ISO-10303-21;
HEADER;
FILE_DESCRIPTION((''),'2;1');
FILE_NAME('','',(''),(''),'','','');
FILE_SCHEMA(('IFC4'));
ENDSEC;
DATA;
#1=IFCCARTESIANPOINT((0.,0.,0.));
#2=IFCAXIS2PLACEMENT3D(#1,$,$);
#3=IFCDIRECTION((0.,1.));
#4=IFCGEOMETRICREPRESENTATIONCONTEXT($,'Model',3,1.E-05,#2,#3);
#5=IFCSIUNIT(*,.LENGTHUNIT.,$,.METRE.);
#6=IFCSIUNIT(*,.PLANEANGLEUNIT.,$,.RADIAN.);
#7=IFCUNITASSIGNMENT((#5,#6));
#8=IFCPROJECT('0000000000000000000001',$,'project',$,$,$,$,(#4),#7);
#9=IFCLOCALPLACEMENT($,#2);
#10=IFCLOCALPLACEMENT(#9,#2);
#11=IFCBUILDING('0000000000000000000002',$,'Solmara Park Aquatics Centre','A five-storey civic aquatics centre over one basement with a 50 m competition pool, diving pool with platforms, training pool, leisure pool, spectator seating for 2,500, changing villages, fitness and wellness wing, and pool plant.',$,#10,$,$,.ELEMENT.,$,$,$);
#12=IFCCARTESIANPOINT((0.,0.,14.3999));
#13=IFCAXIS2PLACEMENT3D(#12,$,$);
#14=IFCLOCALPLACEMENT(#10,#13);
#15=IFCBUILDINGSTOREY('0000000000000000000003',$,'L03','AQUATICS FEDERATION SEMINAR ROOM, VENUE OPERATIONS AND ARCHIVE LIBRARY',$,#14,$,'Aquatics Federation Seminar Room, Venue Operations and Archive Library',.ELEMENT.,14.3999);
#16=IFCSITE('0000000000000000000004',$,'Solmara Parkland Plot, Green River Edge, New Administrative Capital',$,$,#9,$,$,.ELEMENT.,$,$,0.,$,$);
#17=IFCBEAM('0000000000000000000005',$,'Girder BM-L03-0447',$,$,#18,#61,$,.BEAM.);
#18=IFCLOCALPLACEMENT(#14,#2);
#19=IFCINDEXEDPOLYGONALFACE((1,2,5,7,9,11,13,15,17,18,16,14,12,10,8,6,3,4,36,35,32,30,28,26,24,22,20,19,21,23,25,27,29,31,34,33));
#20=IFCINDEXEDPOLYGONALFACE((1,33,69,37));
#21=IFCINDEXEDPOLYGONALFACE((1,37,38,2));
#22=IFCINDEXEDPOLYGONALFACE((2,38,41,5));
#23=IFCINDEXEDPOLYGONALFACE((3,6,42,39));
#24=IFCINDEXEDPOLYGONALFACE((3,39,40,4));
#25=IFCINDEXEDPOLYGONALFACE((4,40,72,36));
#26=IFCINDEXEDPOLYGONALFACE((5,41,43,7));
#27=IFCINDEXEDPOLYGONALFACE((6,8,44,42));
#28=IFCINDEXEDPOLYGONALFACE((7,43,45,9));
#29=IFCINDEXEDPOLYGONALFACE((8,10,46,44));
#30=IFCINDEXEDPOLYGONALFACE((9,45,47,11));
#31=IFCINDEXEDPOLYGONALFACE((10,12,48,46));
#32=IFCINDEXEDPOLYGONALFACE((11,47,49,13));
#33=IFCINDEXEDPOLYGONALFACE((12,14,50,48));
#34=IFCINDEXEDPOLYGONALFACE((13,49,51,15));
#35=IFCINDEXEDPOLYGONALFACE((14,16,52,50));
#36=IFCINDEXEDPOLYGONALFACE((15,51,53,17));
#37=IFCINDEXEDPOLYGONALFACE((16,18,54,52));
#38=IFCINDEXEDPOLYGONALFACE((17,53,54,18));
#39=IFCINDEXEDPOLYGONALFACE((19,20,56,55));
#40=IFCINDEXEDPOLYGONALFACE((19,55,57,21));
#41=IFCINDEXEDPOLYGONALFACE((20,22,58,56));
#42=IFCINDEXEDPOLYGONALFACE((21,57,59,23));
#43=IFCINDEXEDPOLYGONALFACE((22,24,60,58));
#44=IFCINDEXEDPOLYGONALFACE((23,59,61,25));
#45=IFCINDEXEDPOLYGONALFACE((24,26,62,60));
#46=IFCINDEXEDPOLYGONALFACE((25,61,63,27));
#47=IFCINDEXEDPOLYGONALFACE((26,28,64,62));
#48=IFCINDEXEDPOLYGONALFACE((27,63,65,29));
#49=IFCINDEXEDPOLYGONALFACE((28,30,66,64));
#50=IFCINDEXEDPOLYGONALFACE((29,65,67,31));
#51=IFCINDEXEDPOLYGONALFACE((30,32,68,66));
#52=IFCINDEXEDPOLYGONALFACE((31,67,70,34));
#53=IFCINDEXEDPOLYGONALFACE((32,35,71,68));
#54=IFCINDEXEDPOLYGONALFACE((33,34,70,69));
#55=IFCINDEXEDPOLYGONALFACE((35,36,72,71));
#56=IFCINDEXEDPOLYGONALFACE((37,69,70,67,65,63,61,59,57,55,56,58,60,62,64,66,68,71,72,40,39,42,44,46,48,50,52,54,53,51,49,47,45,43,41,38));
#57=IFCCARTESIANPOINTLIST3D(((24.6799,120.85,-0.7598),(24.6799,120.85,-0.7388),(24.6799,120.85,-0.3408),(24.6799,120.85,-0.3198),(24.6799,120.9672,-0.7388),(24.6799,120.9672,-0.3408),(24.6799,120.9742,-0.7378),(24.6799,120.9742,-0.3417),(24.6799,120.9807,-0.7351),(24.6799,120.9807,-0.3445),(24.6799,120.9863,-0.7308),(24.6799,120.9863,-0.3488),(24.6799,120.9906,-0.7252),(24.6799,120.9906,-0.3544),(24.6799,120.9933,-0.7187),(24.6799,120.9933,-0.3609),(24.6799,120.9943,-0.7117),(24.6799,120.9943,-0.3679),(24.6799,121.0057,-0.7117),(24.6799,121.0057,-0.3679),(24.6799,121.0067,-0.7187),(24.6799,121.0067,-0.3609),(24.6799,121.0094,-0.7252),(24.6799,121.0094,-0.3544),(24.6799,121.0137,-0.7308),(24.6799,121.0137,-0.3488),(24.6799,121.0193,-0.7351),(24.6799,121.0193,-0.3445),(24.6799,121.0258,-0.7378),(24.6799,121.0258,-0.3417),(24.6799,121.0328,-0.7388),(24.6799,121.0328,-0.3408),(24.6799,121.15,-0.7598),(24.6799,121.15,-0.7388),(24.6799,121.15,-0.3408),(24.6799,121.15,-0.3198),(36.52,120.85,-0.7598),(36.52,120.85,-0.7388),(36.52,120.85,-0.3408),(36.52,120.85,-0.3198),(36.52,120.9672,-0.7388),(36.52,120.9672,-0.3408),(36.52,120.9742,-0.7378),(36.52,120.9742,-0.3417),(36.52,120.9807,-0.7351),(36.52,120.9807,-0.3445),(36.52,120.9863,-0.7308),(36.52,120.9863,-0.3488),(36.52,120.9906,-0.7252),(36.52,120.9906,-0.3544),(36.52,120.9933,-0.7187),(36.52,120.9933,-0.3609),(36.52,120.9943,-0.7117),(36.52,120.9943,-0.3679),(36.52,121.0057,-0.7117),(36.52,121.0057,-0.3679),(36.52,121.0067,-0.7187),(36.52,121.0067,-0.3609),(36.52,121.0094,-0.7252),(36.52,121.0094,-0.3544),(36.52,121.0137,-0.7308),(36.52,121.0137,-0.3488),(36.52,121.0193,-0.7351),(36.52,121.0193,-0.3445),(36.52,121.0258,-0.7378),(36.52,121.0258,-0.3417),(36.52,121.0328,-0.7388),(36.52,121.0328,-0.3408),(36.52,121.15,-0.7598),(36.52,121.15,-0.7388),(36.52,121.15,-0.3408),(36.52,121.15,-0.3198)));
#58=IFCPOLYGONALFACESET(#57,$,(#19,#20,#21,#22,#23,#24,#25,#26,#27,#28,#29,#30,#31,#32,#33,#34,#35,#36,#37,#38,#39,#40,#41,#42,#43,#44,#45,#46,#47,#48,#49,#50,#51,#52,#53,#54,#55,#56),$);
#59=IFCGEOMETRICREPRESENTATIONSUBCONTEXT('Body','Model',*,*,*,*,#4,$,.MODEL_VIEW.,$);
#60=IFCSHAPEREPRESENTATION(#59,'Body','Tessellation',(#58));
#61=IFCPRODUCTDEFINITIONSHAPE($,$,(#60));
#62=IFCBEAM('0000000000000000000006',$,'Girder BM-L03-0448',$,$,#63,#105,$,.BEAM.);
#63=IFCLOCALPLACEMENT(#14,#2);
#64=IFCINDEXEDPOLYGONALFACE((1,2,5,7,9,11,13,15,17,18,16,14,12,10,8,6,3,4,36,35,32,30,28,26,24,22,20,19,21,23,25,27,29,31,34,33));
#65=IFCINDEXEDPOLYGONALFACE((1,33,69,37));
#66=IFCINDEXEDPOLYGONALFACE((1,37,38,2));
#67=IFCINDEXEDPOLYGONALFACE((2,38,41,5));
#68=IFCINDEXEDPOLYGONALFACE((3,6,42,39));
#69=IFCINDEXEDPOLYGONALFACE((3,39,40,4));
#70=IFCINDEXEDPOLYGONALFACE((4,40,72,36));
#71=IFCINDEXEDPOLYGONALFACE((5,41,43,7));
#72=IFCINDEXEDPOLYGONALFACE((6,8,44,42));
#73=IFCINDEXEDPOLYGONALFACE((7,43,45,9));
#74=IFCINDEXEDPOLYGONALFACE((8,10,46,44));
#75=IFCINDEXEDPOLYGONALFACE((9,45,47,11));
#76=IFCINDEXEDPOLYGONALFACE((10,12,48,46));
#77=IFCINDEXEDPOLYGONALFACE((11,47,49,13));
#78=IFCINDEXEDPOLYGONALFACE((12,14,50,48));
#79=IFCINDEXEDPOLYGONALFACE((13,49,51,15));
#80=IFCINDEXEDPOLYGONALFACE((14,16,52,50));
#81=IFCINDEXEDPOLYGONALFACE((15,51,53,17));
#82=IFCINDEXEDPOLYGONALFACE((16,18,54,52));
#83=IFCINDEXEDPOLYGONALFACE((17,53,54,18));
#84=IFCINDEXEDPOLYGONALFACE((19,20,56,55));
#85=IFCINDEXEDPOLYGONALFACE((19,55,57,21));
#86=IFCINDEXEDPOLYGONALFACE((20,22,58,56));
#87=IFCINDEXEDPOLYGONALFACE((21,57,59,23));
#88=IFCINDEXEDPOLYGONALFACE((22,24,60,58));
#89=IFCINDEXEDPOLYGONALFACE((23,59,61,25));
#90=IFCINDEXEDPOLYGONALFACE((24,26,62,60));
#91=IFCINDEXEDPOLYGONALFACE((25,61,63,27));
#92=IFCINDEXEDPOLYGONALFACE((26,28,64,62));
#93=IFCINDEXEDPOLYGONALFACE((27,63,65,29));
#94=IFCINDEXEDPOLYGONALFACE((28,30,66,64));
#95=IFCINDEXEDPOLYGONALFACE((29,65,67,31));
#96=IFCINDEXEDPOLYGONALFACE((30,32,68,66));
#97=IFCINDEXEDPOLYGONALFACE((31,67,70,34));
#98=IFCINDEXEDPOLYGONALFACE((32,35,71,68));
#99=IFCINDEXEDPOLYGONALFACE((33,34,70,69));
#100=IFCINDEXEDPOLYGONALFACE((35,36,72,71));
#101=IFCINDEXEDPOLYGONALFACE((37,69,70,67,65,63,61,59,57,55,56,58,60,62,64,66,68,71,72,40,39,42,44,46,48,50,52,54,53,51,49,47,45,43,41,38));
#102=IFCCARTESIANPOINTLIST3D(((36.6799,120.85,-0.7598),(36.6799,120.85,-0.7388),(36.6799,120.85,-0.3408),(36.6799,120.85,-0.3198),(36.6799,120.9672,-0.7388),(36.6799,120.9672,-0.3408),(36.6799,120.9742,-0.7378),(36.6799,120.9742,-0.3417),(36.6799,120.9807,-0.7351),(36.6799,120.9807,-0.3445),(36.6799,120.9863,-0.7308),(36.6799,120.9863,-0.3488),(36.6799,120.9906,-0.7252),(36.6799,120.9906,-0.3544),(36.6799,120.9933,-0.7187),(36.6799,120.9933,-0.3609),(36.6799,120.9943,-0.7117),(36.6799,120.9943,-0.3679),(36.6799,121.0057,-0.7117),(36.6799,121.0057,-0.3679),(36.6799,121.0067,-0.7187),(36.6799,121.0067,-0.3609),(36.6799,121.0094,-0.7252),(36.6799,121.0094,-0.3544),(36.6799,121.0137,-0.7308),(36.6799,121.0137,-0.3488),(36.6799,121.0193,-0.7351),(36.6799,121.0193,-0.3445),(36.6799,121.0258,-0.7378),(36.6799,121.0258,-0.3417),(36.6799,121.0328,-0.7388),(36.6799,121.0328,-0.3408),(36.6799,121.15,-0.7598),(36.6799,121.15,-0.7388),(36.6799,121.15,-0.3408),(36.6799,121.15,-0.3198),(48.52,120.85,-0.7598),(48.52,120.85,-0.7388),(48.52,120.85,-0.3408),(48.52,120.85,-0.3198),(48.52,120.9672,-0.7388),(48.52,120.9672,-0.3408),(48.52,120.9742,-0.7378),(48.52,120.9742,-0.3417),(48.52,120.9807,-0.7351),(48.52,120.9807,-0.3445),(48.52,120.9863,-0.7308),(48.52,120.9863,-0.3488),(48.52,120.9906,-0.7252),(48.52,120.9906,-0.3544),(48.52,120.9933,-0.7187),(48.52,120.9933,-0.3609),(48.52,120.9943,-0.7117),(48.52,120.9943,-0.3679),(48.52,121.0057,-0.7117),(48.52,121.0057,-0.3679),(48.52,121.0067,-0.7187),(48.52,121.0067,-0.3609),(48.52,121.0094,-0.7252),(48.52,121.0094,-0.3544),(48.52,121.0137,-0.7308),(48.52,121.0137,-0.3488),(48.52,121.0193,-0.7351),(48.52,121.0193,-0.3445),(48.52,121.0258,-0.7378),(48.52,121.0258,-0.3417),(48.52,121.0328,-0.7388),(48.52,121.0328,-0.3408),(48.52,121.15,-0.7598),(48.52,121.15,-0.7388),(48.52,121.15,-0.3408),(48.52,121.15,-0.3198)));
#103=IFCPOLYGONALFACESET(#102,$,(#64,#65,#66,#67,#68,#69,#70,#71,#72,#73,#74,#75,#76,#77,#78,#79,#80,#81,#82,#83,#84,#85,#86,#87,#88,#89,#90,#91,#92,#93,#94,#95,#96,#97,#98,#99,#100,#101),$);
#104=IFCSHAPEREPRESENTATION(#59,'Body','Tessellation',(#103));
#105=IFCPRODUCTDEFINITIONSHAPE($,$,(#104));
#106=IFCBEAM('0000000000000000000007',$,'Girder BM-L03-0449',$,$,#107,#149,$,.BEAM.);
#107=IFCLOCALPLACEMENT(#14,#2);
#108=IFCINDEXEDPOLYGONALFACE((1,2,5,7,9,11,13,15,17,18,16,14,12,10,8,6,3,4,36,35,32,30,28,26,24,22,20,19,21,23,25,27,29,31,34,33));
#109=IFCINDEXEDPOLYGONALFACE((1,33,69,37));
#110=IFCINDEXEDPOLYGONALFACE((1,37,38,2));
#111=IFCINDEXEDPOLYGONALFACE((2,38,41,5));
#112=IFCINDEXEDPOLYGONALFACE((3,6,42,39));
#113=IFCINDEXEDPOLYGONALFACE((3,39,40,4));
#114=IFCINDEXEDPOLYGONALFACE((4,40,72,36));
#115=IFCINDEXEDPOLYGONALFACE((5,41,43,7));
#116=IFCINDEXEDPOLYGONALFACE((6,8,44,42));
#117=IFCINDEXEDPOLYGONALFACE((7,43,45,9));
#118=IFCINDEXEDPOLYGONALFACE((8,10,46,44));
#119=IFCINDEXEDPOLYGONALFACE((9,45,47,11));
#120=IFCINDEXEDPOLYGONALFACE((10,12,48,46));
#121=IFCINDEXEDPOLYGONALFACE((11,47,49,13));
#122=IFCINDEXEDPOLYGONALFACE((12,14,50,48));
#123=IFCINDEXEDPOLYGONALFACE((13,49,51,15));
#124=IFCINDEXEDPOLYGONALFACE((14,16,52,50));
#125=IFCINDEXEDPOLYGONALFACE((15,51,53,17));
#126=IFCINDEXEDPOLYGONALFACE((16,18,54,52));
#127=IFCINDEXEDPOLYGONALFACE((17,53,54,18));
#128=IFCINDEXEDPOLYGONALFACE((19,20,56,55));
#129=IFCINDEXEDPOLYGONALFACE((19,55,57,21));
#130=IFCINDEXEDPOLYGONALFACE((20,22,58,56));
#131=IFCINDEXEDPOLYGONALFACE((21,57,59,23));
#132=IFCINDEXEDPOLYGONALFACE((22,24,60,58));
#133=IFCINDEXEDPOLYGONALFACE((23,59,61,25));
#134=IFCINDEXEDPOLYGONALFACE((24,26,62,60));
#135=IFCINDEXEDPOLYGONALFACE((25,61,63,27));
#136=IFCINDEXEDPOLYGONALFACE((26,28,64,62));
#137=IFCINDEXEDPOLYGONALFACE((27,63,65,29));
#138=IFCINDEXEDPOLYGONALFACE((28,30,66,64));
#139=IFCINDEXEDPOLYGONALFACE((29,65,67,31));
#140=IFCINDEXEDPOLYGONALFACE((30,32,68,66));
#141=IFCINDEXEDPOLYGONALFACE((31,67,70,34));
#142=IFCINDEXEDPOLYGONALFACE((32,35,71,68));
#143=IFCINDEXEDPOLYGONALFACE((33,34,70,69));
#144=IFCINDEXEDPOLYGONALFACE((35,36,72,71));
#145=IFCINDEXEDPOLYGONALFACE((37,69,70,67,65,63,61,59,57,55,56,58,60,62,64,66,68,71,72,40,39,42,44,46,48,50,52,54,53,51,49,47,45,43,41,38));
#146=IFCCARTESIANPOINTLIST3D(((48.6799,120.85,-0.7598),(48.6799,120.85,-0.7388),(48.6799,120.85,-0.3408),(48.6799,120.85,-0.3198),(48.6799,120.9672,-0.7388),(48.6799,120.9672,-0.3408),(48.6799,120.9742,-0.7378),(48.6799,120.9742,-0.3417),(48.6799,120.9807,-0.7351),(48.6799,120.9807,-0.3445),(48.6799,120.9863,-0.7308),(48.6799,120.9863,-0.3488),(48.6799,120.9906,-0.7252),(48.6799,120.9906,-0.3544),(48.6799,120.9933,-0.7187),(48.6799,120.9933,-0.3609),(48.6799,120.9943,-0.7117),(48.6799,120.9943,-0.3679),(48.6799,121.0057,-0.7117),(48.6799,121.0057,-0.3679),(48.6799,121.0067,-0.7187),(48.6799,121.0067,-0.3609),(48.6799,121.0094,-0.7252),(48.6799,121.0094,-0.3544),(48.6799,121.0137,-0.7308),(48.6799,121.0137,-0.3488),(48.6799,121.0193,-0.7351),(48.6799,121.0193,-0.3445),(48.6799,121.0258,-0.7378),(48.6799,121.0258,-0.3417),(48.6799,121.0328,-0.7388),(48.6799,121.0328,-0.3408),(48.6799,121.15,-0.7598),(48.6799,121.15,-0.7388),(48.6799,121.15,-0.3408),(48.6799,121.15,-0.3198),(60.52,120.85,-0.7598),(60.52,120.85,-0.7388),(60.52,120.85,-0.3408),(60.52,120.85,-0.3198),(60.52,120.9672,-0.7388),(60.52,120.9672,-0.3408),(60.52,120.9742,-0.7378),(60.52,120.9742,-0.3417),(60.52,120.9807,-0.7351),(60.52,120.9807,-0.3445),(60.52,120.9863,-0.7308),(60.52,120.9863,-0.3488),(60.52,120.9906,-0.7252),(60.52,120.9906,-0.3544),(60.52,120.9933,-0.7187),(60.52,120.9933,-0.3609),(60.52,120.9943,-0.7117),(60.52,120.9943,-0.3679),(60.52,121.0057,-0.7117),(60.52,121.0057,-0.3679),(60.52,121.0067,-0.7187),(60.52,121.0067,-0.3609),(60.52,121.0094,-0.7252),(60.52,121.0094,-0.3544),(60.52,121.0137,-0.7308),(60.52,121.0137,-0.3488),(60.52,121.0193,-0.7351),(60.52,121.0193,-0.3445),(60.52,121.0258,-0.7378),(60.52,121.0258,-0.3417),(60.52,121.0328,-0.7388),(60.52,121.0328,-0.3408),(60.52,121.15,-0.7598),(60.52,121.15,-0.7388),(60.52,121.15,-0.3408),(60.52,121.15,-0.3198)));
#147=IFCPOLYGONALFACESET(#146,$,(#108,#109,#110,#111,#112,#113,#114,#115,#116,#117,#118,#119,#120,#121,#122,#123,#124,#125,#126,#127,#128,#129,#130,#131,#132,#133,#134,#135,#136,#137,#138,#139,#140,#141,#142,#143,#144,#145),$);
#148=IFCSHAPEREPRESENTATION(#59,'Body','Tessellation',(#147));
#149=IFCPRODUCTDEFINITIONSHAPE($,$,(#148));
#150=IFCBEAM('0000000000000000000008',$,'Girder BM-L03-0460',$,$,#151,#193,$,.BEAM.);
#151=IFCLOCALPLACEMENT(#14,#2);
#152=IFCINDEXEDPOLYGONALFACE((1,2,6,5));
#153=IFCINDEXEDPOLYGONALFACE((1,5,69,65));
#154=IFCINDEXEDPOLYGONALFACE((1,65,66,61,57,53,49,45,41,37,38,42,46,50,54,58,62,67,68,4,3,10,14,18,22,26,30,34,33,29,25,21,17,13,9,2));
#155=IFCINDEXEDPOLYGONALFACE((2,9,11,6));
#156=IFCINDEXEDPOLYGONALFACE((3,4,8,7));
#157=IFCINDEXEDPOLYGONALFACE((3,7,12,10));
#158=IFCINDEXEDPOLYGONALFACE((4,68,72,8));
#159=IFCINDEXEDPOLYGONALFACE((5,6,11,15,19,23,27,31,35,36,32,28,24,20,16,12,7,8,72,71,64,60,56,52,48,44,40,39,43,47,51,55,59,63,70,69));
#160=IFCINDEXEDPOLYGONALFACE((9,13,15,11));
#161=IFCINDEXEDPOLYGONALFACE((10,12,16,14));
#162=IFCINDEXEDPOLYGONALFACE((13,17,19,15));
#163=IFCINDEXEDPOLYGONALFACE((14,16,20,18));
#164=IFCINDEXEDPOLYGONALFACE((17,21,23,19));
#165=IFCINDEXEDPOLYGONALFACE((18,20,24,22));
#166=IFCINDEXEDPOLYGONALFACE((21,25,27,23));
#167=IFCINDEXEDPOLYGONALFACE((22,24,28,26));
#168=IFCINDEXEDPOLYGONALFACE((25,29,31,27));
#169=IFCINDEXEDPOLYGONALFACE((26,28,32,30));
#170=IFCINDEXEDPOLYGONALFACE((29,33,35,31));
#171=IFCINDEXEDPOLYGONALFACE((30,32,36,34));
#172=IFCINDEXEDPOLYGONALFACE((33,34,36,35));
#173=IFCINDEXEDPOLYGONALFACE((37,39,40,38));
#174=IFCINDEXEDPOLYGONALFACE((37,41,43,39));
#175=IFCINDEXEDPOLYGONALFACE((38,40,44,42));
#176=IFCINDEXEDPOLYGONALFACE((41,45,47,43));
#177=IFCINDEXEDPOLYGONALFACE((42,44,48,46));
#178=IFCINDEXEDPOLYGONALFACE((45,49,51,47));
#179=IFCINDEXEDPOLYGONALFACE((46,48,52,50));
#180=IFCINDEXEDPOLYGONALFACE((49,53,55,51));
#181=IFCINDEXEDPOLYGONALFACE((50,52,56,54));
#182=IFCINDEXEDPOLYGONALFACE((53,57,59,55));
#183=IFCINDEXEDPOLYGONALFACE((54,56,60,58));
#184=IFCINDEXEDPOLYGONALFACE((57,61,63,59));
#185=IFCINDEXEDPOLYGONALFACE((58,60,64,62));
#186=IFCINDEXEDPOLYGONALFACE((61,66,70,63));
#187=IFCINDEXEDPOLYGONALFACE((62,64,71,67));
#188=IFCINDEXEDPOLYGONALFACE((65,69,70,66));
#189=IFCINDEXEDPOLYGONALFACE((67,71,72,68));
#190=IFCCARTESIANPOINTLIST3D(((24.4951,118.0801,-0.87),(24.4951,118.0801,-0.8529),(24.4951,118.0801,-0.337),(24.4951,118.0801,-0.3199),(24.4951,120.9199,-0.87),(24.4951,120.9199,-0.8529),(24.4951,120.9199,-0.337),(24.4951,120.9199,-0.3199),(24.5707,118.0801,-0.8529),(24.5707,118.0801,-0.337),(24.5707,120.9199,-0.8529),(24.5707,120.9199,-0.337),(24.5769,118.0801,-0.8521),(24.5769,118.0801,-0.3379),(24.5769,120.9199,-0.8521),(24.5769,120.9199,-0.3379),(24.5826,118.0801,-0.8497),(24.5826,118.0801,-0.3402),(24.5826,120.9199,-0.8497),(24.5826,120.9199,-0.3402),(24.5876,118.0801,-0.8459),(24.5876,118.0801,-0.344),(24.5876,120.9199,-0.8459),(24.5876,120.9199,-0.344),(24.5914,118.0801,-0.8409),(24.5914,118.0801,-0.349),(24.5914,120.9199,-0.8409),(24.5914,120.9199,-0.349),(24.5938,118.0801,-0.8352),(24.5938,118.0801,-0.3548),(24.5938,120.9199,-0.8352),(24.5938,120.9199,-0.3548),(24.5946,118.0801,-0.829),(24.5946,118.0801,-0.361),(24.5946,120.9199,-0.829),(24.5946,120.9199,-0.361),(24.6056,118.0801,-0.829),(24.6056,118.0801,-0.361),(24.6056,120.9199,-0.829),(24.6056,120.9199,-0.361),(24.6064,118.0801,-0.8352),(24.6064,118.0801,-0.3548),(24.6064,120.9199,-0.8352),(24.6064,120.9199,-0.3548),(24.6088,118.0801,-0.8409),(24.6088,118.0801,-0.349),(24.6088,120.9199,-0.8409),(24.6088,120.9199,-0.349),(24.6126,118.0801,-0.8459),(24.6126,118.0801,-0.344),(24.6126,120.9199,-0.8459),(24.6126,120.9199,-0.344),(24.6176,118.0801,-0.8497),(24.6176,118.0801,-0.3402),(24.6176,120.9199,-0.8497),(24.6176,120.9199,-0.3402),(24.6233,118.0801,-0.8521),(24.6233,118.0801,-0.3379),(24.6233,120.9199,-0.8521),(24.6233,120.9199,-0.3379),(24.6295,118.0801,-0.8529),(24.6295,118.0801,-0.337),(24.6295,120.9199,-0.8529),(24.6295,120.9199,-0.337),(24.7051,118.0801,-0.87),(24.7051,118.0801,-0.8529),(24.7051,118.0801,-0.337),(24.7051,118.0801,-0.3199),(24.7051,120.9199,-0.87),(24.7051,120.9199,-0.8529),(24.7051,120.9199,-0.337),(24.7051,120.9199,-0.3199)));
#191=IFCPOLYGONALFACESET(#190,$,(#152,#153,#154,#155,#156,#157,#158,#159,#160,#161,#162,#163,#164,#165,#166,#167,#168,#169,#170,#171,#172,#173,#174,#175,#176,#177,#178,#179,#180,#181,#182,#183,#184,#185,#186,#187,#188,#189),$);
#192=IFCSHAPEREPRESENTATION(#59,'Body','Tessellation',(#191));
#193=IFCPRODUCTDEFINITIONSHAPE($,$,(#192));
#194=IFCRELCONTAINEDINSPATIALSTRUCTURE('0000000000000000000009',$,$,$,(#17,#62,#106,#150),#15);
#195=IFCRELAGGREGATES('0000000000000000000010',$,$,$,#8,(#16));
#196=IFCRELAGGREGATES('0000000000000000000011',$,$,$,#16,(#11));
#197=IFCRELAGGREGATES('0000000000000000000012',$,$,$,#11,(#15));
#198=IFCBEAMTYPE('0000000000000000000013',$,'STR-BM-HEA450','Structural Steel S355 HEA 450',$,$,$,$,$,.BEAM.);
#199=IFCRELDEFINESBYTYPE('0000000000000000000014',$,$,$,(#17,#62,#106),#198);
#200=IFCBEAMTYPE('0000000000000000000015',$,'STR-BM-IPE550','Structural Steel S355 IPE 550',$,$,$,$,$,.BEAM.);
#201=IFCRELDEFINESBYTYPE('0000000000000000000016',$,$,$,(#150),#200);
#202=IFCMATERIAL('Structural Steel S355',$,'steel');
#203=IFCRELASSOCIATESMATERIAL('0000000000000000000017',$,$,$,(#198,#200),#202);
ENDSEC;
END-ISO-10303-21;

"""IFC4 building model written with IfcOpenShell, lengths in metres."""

from ifc_helpers import new_model, si_unit, direction, frame, origin, origin_2d, place, context, subcontext, project, spatial, i_section, extrude, material, material_profile, profile_set, type_object, element, save


model = new_model("IFC4")

# Units and contexts
model_context = context("Model", 3, precision=1e-05, world=origin(), true_north=direction((0.0, 1.0)))
body_context = subcontext(model_context, "Body", "Model", "MODEL_VIEW")
ifc_project = project(units=[si_unit("LENGTHUNIT", "METRE"), si_unit("PLANEANGLEUNIT", "RADIAN")], contexts=[model_context])

# Site, building, storey
site_placement = place(None, origin())
site = spatial("IfcSite", under=ifc_project, at=site_placement, Name="Solmara Parkland Plot, Green River Edge, New Administrative Capital", CompositionType="ELEMENT", RefElevation=0.0)
building_placement = place(site_placement, origin())
building = spatial("IfcBuilding", under=site, at=building_placement, Name="Solmara Park Aquatics Centre", Description="A five-storey civic aquatics centre over one basement with a 50 m competition pool, diving pool with platforms, training pool, leisure pool, spectator seating for 2,500, changing villages, fitness and wellness wing, and pool plant.", CompositionType="ELEMENT")
storey_placement = place(building_placement, frame((0.0, 0.0, 14.3999)))
storey = spatial("IfcBuildingStorey", under=building, at=storey_placement, Name="L03", Description="AQUATICS FEDERATION SEMINAR ROOM, VENUE OPERATIONS AND ARCHIVE LIBRARY", LongName="Aquatics Federation Seminar Room, Venue Operations and Archive Library", CompositionType="ELEMENT", Elevation=14.3999)

# Beams
ifc_material_1 = material(Name="Structural Steel S355", Category="steel")
ifc_material_profile_1 = material_profile(ifc_material_1, i_section(OverallWidth=0.3, OverallDepth=0.4399, WebThickness=0.0115, FlangeThickness=0.021, FilletRadius=0.0271, at=origin_2d()), Name="HEA 450")
ifc_profile_set_1 = profile_set([ifc_material_profile_1], Name="Structural Steel S355")
beam_type_1 = type_object("IfcBeamType", Name="STR-BM-HEA450", Description="Structural Steel S355 HEA 450", PredefinedType="BEAM", material=ifc_profile_set_1)
for number, where, z_axis, x_axis, name in (
    (1, (24.6799, 121.0, -0.5398), (1.0, 0.0, 0.0), (0.0, 1.0, 0.0), "Girder BM-L03-0447"),
    (2, (36.6799, 121.0, -0.5398), (1.0, 0.0, 0.0), (0.0, 1.0, 0.0), "Girder BM-L03-0448"),
    (3, (48.6799, 121.0, -0.5398), (1.0, 0.0, 0.0), (0.0, 1.0, 0.0), "Girder BM-L03-0449"),
):
    element("IfcBeam", number, at=place(storey_placement, frame(where, z_axis=z_axis, x_axis=x_axis)), inside=storey, type_object=beam_type_1, Name=name, PredefinedType="BEAM", context=body_context, shape_type="SweptSolid", body=[
        extrude(i_section(OverallWidth=0.3, OverallDepth=0.4399, WebThickness=0.0115, FlangeThickness=0.021, FilletRadius=0.0271, at=origin_2d()), origin(), (0.0, 0.0, 1.0), 11.8401),
    ])
ifc_material_profile_2 = material_profile(ifc_material_1, i_section(OverallWidth=0.21, OverallDepth=0.55, WebThickness=0.011, FlangeThickness=0.0171, FilletRadius=0.0239, at=origin_2d()), Name="IPE 550")
ifc_profile_set_2 = profile_set([ifc_material_profile_2], Name="Structural Steel S355")
beam_type_2 = type_object("IfcBeamType", Name="STR-BM-IPE550", Description="Structural Steel S355 IPE 550", PredefinedType="BEAM", material=ifc_profile_set_2)
beam_1_placement = place(storey_placement, frame((24.6001, 118.0801, -0.595), z_axis=(0.0, 1.0, 0.0), x_axis=(-1.0, 0.0, 0.0)))
element("IfcBeam", 4, at=beam_1_placement, inside=storey, type_object=beam_type_2, Name="Girder BM-L03-0460", PredefinedType="BEAM", context=body_context, shape_type="SweptSolid", body=[
    extrude(i_section(OverallWidth=0.21, OverallDepth=0.55, WebThickness=0.011, FlangeThickness=0.0171, FilletRadius=0.0239, at=origin_2d()), origin(), (0.0, 0.0, 1.0), 2.8398),
])

save(model, "model.ifc")
